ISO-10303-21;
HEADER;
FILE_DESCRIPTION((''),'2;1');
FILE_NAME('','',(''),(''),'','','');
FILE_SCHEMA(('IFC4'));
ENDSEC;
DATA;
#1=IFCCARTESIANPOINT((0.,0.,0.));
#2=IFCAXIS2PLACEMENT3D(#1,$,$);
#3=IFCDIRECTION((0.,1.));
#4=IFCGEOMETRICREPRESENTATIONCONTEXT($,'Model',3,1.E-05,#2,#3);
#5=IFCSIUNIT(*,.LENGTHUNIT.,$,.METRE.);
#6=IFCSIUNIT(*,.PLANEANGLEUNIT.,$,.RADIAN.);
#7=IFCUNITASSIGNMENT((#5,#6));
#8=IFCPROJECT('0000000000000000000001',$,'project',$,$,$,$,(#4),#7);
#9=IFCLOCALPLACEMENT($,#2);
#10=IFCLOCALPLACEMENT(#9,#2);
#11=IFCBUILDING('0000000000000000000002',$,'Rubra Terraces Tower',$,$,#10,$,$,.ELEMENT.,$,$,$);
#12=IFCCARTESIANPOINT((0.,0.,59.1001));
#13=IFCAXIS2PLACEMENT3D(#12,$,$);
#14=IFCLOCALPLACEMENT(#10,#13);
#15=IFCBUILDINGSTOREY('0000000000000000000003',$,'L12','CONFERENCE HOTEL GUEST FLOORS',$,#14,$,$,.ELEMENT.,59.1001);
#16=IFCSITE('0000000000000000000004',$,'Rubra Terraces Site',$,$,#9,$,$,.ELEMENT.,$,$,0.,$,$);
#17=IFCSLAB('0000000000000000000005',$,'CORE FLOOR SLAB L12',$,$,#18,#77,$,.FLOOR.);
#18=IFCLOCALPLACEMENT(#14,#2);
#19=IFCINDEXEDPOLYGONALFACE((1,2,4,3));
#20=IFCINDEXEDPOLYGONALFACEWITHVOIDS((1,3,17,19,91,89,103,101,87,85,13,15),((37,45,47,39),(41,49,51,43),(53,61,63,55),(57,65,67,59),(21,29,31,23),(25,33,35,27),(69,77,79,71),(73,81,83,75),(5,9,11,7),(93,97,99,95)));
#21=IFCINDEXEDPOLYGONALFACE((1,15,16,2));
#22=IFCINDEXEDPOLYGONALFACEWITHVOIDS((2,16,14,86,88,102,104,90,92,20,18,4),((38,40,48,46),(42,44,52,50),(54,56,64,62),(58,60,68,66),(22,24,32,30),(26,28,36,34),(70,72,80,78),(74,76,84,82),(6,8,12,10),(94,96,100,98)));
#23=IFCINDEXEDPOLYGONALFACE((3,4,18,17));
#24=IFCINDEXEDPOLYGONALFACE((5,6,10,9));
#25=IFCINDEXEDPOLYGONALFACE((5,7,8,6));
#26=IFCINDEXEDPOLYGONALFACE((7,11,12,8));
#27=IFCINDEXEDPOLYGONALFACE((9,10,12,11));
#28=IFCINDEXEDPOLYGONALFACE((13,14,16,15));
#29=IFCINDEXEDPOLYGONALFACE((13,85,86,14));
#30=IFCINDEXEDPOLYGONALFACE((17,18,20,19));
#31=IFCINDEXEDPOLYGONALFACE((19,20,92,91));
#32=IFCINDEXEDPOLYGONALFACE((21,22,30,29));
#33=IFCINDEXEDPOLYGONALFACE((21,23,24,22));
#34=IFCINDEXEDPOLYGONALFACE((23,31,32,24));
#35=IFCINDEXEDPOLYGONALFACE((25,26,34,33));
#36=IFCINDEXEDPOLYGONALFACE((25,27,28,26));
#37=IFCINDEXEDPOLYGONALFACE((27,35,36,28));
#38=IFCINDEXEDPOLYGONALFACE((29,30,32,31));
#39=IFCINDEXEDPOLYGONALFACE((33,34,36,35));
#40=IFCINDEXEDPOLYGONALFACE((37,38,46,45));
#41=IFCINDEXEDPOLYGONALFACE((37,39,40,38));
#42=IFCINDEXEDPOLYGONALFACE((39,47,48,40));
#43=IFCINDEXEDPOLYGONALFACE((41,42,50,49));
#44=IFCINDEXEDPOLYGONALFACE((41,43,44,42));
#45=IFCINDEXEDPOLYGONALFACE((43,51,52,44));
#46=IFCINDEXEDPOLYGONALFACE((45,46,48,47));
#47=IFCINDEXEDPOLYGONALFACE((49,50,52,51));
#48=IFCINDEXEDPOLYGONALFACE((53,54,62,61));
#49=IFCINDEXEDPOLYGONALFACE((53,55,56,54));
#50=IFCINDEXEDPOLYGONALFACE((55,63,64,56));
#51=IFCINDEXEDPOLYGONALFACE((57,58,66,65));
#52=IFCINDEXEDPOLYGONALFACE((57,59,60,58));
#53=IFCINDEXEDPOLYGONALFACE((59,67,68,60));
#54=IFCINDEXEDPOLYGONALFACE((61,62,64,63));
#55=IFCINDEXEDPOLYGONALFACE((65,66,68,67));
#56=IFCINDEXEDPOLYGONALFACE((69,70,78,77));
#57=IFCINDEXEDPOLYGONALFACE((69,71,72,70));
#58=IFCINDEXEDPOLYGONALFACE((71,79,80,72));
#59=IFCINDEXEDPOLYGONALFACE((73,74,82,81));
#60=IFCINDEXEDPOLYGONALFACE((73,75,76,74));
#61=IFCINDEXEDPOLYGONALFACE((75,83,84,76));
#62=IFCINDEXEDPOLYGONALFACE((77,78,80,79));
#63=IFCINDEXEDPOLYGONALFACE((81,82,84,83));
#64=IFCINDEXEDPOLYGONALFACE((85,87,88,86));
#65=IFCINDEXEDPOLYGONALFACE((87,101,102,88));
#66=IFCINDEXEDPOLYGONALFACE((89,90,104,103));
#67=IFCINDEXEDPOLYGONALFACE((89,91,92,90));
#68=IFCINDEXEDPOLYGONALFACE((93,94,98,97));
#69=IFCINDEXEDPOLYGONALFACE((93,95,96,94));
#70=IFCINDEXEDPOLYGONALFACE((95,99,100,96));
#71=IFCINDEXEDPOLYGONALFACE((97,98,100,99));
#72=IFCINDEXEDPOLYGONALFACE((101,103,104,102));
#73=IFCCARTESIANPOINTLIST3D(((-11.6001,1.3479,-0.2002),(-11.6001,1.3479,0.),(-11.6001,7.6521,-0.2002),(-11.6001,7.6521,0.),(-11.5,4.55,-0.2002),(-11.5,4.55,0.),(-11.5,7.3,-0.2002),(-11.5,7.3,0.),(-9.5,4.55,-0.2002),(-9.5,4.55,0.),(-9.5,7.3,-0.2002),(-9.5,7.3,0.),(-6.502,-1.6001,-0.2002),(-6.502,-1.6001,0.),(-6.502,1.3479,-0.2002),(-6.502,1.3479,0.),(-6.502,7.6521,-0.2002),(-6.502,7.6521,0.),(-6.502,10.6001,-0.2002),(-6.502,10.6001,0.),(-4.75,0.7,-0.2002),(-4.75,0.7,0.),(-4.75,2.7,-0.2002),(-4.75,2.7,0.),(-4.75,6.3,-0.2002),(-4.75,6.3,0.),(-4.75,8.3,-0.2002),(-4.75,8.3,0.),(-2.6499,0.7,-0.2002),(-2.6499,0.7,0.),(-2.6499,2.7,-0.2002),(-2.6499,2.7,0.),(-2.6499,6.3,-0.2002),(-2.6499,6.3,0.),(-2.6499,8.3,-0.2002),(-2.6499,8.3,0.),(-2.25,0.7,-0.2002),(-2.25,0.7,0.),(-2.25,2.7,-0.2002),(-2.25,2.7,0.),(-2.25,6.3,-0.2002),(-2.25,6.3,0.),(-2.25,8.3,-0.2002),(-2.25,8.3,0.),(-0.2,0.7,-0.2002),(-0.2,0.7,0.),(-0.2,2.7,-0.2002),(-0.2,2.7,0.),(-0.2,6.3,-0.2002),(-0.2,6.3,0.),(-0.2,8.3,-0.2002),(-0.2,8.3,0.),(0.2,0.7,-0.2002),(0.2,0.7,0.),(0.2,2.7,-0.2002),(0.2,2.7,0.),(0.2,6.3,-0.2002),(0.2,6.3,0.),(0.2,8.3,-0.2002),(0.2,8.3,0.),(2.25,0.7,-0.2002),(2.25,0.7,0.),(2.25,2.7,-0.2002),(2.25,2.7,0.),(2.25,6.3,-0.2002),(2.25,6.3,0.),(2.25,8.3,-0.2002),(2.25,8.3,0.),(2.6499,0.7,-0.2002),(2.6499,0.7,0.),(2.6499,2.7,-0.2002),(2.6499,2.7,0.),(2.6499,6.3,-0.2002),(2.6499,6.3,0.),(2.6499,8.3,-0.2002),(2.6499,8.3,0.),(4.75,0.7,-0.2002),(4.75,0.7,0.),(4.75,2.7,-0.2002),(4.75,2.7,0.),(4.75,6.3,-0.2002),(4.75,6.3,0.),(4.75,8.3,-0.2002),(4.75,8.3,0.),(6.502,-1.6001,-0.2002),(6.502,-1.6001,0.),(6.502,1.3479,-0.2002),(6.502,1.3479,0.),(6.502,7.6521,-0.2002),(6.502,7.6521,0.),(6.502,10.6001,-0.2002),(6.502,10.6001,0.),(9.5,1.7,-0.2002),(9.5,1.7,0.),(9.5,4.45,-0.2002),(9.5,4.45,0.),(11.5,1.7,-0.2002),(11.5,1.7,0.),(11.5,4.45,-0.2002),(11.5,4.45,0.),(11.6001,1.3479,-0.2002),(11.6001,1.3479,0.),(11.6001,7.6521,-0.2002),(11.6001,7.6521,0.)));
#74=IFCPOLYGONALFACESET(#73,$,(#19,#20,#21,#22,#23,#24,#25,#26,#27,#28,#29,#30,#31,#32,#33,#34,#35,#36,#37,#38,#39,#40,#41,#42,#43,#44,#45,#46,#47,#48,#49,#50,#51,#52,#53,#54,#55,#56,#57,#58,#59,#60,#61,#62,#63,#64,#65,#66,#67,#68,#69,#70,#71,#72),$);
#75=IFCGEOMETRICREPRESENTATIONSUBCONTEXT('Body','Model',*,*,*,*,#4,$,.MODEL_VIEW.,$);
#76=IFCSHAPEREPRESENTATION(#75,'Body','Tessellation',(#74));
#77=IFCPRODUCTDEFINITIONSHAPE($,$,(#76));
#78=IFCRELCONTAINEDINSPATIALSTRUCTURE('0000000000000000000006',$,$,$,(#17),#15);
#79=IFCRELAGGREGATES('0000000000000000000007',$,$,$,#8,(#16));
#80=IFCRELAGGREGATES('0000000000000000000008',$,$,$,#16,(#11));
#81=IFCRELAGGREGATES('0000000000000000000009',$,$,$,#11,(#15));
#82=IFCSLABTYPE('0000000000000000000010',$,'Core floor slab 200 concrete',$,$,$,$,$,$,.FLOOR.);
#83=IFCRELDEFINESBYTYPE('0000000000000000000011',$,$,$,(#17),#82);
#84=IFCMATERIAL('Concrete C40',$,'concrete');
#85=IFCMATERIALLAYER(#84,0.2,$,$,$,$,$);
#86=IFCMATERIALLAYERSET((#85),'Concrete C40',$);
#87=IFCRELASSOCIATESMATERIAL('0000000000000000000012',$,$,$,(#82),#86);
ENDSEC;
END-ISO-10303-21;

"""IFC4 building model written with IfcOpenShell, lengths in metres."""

from ifc_helpers import new_model, si_unit, direction, frame, origin, place, context, subcontext, project, spatial, polyline, outline, extrude, material, layer, layer_set, type_object, element, save


model = new_model("IFC4")

# Units and contexts
model_context = context("Model", 3, precision=1e-05, world=origin(), true_north=direction((0.0, 1.0)))
body_context = subcontext(model_context, "Body", "Model", "MODEL_VIEW")
ifc_project = project(units=[si_unit("LENGTHUNIT", "METRE"), si_unit("PLANEANGLEUNIT", "RADIAN")], contexts=[model_context])

# Site, building, storey
site_placement = place(None, origin())
site = spatial("IfcSite", under=ifc_project, at=site_placement, Name="Rubra Terraces Site", CompositionType="ELEMENT", RefElevation=0.0)
building_placement = place(site_placement, origin())
building = spatial("IfcBuilding", under=site, at=building_placement, Name="Rubra Terraces Tower", CompositionType="ELEMENT")
storey_placement = place(building_placement, frame((0.0, 0.0, 59.1001)))
storey = spatial("IfcBuildingStorey", under=building, at=storey_placement, Name="L12", Description="CONFERENCE HOTEL GUEST FLOORS", CompositionType="ELEMENT", Elevation=59.1001)

# Slab
ifc_material_1 = material(Name="Concrete C40", Category="concrete")
ifc_layer_1 = layer(ifc_material_1, 0.2)
ifc_layer_set_1 = layer_set([ifc_layer_1], Name="Concrete C40")
slab_type_1 = type_object("IfcSlabType", Name="Core floor slab 200 concrete", PredefinedType="FLOOR", material=ifc_layer_set_1)
slab_1_placement = place(storey_placement, frame((0.0, 0.0, -0.2002)))
element("IfcSlab", 1, at=slab_1_placement, inside=storey, type_object=slab_type_1, Name="CORE FLOOR SLAB L12", PredefinedType="FLOOR", context=body_context, shape_type="SweptSolid", body=[
    extrude(outline(polyline([(-11.6001, 1.3479), (-11.6001, 7.6521), (-6.502, 7.6521), (-6.502, 10.6001), (6.502, 10.6001), (6.502, 7.6521), (11.6001, 7.6521), (11.6001, 1.3479), (6.502, 1.3479), (6.502, -1.6001), (-6.502, -1.6001), (-6.502, 1.3479), (-11.6001, 1.3479)]), holes=[polyline([(9.5, 1.7), (11.5, 1.7), (11.5, 4.45), (9.5, 4.45), (9.5, 1.7)]), polyline([(4.75, 0.7), (4.75, 2.7), (2.6499, 2.7), (2.6499, 0.7), (4.75, 0.7)]), polyline([(4.75, 6.3), (4.75, 8.3), (2.6499, 8.3), (2.6499, 6.3), (4.75, 6.3)]), polyline([(2.25, 0.7), (2.25, 2.7), (0.2, 2.7), (0.2, 0.7), (2.25, 0.7)]), polyline([(2.25, 6.3), (2.25, 8.3), (0.2, 8.3), (0.2, 6.3), (2.25, 6.3)]), polyline([(-0.2, 0.7), (-0.2, 2.7), (-2.25, 2.7), (-2.25, 0.7), (-0.2, 0.7)]), polyline([(-0.2, 6.3), (-0.2, 8.3), (-2.25, 8.3), (-2.25, 6.3), (-0.2, 6.3)]), polyline([(-2.6499, 0.7), (-2.6499, 2.7), (-4.75, 2.7), (-4.75, 0.7), (-2.6499, 0.7)]), polyline([(-2.6499, 8.3), (-4.75, 8.3), (-4.75, 6.3), (-2.6499, 6.3), (-2.6499, 8.3)]), polyline([(-9.5, 7.3), (-11.5, 7.3), (-11.5, 4.55), (-9.5, 4.55), (-9.5, 7.3)])]), origin(), (0.0, 0.0, 1.0), 0.2002),
])

save(model, "model.ifc")
